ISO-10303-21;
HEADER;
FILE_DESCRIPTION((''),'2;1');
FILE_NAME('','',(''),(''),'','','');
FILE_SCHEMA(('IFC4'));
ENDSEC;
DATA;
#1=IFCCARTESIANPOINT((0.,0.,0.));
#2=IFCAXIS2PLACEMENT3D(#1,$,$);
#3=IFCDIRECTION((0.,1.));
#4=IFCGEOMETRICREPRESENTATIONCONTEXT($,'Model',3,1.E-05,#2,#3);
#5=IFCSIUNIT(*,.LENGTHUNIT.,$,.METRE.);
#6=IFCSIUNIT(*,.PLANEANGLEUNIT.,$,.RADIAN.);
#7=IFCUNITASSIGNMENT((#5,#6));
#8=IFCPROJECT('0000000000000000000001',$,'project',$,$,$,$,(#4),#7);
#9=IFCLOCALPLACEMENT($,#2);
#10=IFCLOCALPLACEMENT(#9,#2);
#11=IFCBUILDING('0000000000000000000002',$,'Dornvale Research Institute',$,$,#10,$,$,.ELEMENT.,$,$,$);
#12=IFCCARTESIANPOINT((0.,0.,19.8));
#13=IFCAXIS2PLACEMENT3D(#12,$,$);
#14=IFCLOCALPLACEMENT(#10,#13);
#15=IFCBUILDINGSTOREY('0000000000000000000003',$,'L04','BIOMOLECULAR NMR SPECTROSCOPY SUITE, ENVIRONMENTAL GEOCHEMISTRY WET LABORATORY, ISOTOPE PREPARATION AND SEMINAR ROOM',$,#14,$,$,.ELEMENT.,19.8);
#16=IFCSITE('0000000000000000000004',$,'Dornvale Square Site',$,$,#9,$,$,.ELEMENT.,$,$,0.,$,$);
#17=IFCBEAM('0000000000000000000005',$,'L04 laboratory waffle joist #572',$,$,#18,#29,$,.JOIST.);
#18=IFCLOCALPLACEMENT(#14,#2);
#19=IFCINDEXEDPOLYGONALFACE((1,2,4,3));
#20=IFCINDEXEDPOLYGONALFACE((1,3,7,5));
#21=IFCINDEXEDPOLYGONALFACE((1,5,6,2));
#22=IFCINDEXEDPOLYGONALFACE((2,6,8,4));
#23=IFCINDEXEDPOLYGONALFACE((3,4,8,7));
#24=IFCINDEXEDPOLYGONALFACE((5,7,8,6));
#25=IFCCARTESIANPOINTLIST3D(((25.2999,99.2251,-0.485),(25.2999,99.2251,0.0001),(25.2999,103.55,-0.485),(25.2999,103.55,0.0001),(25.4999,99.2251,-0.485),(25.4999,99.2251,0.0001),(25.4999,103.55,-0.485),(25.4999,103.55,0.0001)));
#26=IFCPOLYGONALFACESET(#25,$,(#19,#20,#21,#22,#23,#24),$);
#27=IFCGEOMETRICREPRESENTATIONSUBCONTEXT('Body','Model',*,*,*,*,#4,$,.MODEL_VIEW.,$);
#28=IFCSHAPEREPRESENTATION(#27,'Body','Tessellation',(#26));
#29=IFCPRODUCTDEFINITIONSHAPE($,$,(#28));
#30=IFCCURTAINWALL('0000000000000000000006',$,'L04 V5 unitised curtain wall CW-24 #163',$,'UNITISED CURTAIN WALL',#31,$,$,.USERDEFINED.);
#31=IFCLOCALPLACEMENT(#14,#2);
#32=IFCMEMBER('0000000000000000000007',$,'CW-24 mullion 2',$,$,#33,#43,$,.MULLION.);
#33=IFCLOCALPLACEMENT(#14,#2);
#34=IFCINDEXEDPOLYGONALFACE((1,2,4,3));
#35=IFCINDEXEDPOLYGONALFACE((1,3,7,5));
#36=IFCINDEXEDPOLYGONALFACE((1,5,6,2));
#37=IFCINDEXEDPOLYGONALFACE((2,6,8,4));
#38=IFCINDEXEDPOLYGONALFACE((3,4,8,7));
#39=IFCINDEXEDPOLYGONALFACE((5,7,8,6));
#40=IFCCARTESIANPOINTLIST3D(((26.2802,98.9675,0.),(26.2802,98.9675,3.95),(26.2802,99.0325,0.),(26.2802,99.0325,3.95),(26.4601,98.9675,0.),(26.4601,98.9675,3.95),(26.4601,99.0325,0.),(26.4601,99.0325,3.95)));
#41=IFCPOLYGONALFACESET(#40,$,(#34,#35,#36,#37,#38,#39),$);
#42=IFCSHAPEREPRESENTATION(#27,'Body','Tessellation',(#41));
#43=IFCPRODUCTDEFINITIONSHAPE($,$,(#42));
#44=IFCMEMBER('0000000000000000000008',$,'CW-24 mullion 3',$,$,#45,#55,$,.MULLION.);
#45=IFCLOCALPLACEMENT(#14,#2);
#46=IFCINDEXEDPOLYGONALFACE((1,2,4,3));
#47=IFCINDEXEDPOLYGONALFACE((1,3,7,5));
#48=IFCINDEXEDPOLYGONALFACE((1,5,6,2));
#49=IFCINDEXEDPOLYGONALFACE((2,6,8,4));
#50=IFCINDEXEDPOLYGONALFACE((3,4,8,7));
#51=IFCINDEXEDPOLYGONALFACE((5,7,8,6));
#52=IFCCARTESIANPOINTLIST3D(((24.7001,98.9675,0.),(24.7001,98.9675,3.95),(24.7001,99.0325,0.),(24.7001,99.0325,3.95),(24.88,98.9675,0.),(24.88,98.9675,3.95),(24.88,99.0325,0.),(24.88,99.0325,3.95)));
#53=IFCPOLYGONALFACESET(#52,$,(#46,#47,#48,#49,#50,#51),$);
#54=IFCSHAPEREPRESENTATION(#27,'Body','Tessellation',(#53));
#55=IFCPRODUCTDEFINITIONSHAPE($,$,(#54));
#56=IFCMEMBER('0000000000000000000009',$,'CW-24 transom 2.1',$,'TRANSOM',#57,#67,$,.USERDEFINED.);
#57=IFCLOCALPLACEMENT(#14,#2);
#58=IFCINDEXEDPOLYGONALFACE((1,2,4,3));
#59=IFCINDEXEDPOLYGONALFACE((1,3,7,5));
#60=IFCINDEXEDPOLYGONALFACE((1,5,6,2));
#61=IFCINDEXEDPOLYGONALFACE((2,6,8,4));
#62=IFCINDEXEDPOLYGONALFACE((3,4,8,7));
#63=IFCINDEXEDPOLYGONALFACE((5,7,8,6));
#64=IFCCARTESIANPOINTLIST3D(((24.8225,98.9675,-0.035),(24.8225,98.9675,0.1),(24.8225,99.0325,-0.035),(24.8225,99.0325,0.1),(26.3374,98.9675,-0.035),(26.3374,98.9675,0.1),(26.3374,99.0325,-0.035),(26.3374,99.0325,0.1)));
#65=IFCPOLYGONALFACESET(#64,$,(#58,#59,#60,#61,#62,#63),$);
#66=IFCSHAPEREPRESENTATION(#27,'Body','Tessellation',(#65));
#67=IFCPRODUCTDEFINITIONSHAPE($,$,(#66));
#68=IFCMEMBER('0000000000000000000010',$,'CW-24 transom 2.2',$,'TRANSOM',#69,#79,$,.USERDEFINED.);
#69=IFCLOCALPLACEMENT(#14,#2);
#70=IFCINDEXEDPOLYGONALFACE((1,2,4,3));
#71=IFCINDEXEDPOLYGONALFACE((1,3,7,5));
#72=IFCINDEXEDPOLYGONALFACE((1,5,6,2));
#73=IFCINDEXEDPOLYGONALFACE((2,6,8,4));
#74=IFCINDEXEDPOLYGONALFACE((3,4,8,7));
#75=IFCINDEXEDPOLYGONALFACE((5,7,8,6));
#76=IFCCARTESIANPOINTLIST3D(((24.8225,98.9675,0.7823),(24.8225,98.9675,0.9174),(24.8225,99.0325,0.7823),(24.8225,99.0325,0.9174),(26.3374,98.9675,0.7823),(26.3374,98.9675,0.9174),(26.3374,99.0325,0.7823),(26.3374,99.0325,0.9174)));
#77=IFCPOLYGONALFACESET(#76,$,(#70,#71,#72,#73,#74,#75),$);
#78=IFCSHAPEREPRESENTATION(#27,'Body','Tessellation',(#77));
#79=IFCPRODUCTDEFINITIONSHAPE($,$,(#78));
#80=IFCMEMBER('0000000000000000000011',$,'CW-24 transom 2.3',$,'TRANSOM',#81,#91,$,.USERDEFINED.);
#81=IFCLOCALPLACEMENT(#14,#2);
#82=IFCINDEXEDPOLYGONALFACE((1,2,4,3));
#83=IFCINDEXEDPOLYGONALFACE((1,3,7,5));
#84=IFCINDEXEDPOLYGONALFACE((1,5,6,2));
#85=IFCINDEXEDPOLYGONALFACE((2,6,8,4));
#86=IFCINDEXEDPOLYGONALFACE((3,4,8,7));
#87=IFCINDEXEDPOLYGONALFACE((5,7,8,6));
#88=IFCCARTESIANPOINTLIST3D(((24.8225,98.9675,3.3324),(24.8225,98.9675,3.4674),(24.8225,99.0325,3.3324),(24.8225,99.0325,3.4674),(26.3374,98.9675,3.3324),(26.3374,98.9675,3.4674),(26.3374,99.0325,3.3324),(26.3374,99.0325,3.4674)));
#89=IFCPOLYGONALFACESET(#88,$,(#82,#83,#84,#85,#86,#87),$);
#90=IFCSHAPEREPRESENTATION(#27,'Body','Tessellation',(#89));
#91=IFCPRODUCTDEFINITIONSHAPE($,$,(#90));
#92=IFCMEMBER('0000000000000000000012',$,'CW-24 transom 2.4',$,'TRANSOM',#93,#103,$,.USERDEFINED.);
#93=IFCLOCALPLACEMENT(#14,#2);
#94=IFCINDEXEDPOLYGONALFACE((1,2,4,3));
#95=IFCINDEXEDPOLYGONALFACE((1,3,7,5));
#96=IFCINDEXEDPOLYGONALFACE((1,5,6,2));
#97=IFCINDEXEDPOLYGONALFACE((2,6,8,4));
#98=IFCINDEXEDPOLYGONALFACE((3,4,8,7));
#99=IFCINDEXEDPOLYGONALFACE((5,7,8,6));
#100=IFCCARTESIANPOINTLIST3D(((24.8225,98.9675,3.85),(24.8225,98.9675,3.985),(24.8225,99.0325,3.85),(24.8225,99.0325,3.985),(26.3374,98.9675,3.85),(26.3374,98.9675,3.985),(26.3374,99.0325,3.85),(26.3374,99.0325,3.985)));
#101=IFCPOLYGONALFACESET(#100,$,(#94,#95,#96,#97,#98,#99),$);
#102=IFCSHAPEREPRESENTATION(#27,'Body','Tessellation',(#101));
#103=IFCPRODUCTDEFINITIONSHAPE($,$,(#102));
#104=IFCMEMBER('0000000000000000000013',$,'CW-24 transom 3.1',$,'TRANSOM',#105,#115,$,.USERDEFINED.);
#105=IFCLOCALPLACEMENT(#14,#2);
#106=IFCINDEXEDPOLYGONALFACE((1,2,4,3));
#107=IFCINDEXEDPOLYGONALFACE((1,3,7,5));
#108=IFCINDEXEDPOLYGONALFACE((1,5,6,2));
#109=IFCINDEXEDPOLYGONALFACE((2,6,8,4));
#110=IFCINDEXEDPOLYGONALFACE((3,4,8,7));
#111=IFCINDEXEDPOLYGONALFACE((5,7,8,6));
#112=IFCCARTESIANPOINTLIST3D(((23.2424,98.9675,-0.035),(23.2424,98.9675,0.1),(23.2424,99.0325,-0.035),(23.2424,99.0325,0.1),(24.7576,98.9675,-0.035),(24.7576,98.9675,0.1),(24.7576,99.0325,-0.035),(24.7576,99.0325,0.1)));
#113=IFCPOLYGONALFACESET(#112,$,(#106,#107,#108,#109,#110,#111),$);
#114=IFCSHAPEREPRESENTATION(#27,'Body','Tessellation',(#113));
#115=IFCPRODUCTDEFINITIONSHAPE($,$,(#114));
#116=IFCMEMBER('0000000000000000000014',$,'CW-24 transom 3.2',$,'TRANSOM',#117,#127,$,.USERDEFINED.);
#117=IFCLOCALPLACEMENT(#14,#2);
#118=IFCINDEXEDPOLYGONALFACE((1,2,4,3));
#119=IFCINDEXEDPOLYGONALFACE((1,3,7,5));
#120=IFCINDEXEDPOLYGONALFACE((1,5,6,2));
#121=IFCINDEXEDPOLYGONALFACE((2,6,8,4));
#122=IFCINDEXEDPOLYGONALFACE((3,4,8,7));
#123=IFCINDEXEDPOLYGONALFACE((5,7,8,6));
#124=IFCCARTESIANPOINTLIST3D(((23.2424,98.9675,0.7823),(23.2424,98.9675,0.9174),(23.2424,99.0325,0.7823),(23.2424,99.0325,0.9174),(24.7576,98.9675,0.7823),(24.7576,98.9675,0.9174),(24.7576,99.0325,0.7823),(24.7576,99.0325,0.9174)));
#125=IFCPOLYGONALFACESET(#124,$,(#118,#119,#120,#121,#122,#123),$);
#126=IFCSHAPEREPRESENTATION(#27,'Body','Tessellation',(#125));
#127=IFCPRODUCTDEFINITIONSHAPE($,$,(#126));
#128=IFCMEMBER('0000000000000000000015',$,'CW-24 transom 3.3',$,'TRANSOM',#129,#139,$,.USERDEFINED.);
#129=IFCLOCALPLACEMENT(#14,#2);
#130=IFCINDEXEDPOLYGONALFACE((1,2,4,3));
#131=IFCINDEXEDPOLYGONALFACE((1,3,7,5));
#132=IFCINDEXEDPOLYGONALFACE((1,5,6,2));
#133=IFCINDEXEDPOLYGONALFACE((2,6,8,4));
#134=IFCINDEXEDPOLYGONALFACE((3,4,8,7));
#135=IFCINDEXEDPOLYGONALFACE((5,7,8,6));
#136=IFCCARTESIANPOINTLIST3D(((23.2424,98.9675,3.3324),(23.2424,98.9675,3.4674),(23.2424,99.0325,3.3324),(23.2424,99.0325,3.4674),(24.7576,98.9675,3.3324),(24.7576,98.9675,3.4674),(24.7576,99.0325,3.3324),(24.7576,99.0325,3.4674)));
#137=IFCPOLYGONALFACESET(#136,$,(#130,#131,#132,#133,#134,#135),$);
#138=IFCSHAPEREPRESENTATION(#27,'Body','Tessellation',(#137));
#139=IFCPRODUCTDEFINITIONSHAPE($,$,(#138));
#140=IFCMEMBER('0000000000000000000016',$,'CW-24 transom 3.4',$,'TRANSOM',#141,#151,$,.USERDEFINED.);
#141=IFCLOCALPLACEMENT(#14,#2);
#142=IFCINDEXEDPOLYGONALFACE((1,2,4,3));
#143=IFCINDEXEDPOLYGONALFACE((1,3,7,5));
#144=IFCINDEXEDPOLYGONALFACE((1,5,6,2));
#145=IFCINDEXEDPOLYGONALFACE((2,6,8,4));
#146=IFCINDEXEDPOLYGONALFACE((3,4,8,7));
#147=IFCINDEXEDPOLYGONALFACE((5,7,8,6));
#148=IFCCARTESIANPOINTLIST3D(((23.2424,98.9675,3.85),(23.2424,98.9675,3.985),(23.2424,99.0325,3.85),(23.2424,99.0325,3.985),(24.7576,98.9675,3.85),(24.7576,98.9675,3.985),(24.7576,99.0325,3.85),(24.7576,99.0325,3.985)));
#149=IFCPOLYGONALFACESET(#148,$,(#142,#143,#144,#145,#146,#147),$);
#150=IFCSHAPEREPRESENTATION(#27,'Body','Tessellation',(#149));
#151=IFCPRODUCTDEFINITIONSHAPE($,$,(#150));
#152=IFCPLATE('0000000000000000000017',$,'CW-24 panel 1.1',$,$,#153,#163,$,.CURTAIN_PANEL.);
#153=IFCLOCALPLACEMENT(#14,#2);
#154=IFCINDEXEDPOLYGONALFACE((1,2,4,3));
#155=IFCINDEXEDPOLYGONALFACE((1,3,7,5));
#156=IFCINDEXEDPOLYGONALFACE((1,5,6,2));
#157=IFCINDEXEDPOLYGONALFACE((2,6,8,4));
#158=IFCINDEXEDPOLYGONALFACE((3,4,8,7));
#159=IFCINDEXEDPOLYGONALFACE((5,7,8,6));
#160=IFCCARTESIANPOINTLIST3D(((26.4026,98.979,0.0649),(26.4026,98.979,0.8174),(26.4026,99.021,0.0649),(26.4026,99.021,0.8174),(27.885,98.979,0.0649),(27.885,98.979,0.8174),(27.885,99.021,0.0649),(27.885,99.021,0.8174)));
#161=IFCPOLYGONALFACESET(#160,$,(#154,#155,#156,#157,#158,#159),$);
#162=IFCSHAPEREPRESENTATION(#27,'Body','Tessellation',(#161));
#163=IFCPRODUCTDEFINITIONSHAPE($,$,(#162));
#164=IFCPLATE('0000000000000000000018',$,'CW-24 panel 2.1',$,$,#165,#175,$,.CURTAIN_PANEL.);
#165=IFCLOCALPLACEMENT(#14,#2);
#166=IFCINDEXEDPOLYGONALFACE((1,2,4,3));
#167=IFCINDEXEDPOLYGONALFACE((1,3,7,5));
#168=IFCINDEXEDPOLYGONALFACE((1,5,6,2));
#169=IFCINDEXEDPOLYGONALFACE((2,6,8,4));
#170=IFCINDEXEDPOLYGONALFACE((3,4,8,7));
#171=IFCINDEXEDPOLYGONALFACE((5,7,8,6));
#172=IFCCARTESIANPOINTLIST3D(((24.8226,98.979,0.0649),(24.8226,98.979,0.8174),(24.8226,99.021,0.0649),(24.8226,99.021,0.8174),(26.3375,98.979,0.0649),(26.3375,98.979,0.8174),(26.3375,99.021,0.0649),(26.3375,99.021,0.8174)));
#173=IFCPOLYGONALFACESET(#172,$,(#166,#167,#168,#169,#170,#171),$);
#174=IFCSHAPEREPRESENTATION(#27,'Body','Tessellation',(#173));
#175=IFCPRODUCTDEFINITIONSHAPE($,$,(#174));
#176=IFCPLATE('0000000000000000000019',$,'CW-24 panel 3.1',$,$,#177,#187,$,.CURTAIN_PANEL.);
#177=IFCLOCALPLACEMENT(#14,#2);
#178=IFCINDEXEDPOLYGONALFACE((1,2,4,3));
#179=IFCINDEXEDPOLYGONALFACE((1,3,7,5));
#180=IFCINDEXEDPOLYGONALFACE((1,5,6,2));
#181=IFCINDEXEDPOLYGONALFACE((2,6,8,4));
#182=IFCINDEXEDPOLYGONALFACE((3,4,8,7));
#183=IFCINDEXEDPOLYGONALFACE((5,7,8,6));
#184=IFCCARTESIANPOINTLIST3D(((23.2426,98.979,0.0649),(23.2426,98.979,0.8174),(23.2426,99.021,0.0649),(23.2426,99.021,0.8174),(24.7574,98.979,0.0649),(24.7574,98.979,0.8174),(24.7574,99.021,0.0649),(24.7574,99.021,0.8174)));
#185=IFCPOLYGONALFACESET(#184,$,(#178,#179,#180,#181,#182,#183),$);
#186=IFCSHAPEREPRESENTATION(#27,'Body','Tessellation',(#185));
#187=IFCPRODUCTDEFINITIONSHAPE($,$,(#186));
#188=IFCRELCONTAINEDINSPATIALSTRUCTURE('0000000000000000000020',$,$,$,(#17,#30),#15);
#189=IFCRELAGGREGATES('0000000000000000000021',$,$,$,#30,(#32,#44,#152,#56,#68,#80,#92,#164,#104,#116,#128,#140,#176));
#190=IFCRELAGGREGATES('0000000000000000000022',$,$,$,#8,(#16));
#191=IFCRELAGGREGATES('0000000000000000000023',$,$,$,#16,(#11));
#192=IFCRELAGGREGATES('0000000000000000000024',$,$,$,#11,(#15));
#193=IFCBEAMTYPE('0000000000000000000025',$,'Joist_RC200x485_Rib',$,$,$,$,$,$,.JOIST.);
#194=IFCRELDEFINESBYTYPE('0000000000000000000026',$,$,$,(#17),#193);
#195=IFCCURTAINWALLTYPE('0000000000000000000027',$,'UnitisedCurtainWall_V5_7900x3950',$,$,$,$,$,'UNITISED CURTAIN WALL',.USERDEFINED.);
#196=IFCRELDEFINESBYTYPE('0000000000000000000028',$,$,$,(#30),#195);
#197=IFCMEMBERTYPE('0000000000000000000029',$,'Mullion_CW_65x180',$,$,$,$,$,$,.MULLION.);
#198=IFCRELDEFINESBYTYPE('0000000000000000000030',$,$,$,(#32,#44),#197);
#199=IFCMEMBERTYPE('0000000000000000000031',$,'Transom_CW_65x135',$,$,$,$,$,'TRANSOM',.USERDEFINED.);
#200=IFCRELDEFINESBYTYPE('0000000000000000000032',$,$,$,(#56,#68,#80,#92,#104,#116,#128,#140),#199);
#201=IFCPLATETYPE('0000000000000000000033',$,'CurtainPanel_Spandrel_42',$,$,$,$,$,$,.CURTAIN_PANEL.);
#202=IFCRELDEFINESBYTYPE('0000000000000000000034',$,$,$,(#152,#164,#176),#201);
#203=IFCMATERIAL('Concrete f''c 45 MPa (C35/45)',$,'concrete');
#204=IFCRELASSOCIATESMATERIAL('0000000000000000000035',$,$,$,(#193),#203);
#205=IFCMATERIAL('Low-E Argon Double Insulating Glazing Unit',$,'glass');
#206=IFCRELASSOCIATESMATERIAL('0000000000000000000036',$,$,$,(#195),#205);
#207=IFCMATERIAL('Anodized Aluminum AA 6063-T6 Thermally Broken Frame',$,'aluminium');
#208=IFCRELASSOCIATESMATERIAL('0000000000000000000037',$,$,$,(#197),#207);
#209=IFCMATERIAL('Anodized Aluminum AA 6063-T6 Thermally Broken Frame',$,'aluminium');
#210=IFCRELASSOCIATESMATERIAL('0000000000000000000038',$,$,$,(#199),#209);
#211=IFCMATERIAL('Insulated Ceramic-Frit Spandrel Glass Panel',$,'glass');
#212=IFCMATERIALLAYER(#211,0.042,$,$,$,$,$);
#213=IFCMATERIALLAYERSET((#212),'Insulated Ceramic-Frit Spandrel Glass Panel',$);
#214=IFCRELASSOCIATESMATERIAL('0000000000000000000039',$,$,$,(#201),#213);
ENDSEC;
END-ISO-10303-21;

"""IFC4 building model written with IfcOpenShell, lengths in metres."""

from ifc_helpers import new_model, si_unit, direction, frame, origin, origin_2d, place, context, subcontext, project, spatial, rectangle, extrude, material, layer, layer_set, material_profile, profile_set, type_object, element, aggregate, save


model = new_model("IFC4")

# Units and contexts
model_context = context("Model", 3, precision=1e-05, world=origin(), true_north=direction((0.0, 1.0)))
body_context = subcontext(model_context, "Body", "Model", "MODEL_VIEW")
ifc_project = project(units=[si_unit("LENGTHUNIT", "METRE"), si_unit("PLANEANGLEUNIT", "RADIAN")], contexts=[model_context])

# Site, building, storey
site_placement = place(None, origin())
site = spatial("IfcSite", under=ifc_project, at=site_placement, Name="Dornvale Square Site", CompositionType="ELEMENT", RefElevation=0.0)
building_placement = place(site_placement, origin())
building = spatial("IfcBuilding", under=site, at=building_placement, Name="Dornvale Research Institute", CompositionType="ELEMENT")
storey_placement = place(building_placement, frame((0.0, 0.0, 19.8)))
storey = spatial("IfcBuildingStorey", under=building, at=storey_placement, Name="L04", Description="BIOMOLECULAR NMR SPECTROSCOPY SUITE, ENVIRONMENTAL GEOCHEMISTRY WET LABORATORY, ISOTOPE PREPARATION AND SEMINAR ROOM", CompositionType="ELEMENT", Elevation=19.8)

# Beam
ifc_material_1 = material(Name="Concrete f'c 45 MPa (C35/45)", Category="concrete")
ifc_material_profile_1 = material_profile(ifc_material_1, rectangle(XDim=0.2, YDim=0.4851, at=origin_2d()), Name="RC 200x485")
ifc_profile_set_1 = profile_set([ifc_material_profile_1], Name="Concrete f'c 45 MPa (C35/45)")
beam_type = type_object("IfcBeamType", Name="Joist_RC200x485_Rib", PredefinedType="JOIST", material=ifc_profile_set_1)
beam_placement = place(storey_placement, frame((25.3999, 99.2251, -0.2424), z_axis=(0.0, 1.0, 0.0), x_axis=(-1.0, 0.0, 0.0)))
element("IfcBeam", 1, at=beam_placement, inside=storey, type_object=beam_type, Name="L04 laboratory waffle joist #572", PredefinedType="JOIST", context=body_context, shape_type="SweptSolid", body=[
    extrude(rectangle(XDim=0.2, YDim=0.4851, at=origin_2d()), origin(), (0.0, 0.0, 1.0), 4.325),
])

# Curtain wall, members, plates
ifc_material_2 = material(Name="Low-E Argon Double Insulating Glazing Unit", Category="glass")
curtain_wall_type = type_object("IfcCurtainWallType", Name="UnitisedCurtainWall_V5_7900x3950", ElementType="UNITISED CURTAIN WALL", PredefinedType="USERDEFINED", material=ifc_material_2)
curtain_wall_placement = place(storey_placement, origin())
curtain_wall = element("IfcCurtainWall", 2, at=curtain_wall_placement, inside=storey, type_object=curtain_wall_type, Name="L04 V5 unitised curtain wall CW-24 #163", ObjectType="UNITISED CURTAIN WALL", PredefinedType="USERDEFINED")
ifc_material_3 = material(Name="Anodized Aluminum AA 6063-T6 Thermally Broken Frame", Category="aluminium")
ifc_material_profile_2 = material_profile(ifc_material_3, rectangle(XDim=0.0649, YDim=0.1799, at=origin_2d()), Name="ALU MULLION 65x180")
ifc_profile_set_2 = profile_set([ifc_material_profile_2], Name="Anodized Aluminum AA 6063-T6 Thermally Broken Frame")
member_type_1 = type_object("IfcMemberType", Name="Mullion_CW_65x180", PredefinedType="MULLION", material=ifc_profile_set_2)
member_1_placement = place(storey_placement, frame((26.3701, 99.0, 0.0), z_axis=(0.0, 0.0, 1.0), x_axis=(0.0, -1.0, 0.0)))
member_1 = element("IfcMember", 3, at=member_1_placement, type_object=member_type_1, Name="CW-24 mullion 2", PredefinedType="MULLION", context=body_context, shape_type="SweptSolid", body=[
    extrude(rectangle(XDim=0.0649, YDim=0.1799, at=origin_2d()), origin(), (0.0, 0.0, 1.0), 3.95),
])
member_2_placement = place(storey_placement, frame((24.79, 99.0, 0.0), z_axis=(0.0, 0.0, 1.0), x_axis=(0.0, -1.0, 0.0)))
member_2 = element("IfcMember", 4, at=member_2_placement, type_object=member_type_1, Name="CW-24 mullion 3", PredefinedType="MULLION", context=body_context, shape_type="SweptSolid", body=[
    extrude(rectangle(XDim=0.0649, YDim=0.1799, at=origin_2d()), origin(), (0.0, 0.0, 1.0), 3.95),
])
ifc_material_4 = material(Name="Anodized Aluminum AA 6063-T6 Thermally Broken Frame", Category="aluminium")
ifc_material_profile_3 = material_profile(ifc_material_4, rectangle(XDim=0.0649, YDim=0.135, at=origin_2d()), Name="ALU TRANSOM 65x135")
ifc_profile_set_3 = profile_set([ifc_material_profile_3], Name="Anodized Aluminum AA 6063-T6 Thermally Broken Frame")
member_type_2 = type_object("IfcMemberType", Name="Transom_CW_65x135", ElementType="TRANSOM", PredefinedType="USERDEFINED", material=ifc_profile_set_3)
member_3_placement = place(storey_placement, frame((26.3374, 99.0, 0.0325), z_axis=(-1.0, 0.0, 0.0), x_axis=(0.0, -1.0, 0.0)))
member_3 = element("IfcMember", 5, at=member_3_placement, type_object=member_type_2, Name="CW-24 transom 2.1", ObjectType="TRANSOM", PredefinedType="USERDEFINED", context=body_context, shape_type="SweptSolid", body=[
    extrude(rectangle(XDim=0.0649, YDim=0.135, at=origin_2d()), origin(), (0.0, 0.0, 1.0), 1.5149),
])
member_4_placement = place(storey_placement, frame((26.3374, 99.0, 0.8499), z_axis=(-1.0, 0.0, 0.0), x_axis=(0.0, -1.0, 0.0)))
member_4 = element("IfcMember", 6, at=member_4_placement, type_object=member_type_2, Name="CW-24 transom 2.2", ObjectType="TRANSOM", PredefinedType="USERDEFINED", context=body_context, shape_type="SweptSolid", body=[
    extrude(rectangle(XDim=0.0649, YDim=0.135, at=origin_2d()), origin(), (0.0, 0.0, 1.0), 1.5149),
])
member_5_placement = place(storey_placement, frame((26.3374, 99.0, 3.3999), z_axis=(-1.0, 0.0, 0.0), x_axis=(0.0, -1.0, 0.0)))
member_5 = element("IfcMember", 7, at=member_5_placement, type_object=member_type_2, Name="CW-24 transom 2.3", ObjectType="TRANSOM", PredefinedType="USERDEFINED", context=body_context, shape_type="SweptSolid", body=[
    extrude(rectangle(XDim=0.0649, YDim=0.135, at=origin_2d()), origin(), (0.0, 0.0, 1.0), 1.5149),
])
member_6_placement = place(storey_placement, frame((26.3374, 99.0, 3.9175), z_axis=(-1.0, 0.0, 0.0), x_axis=(0.0, -1.0, 0.0)))
member_6 = element("IfcMember", 8, at=member_6_placement, type_object=member_type_2, Name="CW-24 transom 2.4", ObjectType="TRANSOM", PredefinedType="USERDEFINED", context=body_context, shape_type="SweptSolid", body=[
    extrude(rectangle(XDim=0.0649, YDim=0.135, at=origin_2d()), origin(), (0.0, 0.0, 1.0), 1.5149),
])
member_7_placement = place(storey_placement, frame((24.7576, 99.0, 0.0325), z_axis=(-1.0, 0.0, 0.0), x_axis=(0.0, -1.0, 0.0)))
member_7 = element("IfcMember", 9, at=member_7_placement, type_object=member_type_2, Name="CW-24 transom 3.1", ObjectType="TRANSOM", PredefinedType="USERDEFINED", context=body_context, shape_type="SweptSolid", body=[
    extrude(rectangle(XDim=0.0649, YDim=0.135, at=origin_2d()), origin(), (0.0, 0.0, 1.0), 1.5151),
])
member_8_placement = place(storey_placement, frame((24.7576, 99.0, 0.8499), z_axis=(-1.0, 0.0, 0.0), x_axis=(0.0, -1.0, 0.0)))
member_8 = element("IfcMember", 10, at=member_8_placement, type_object=member_type_2, Name="CW-24 transom 3.2", ObjectType="TRANSOM", PredefinedType="USERDEFINED", context=body_context, shape_type="SweptSolid", body=[
    extrude(rectangle(XDim=0.0649, YDim=0.135, at=origin_2d()), origin(), (0.0, 0.0, 1.0), 1.5151),
])
member_9_placement = place(storey_placement, frame((24.7576, 99.0, 3.3999), z_axis=(-1.0, 0.0, 0.0), x_axis=(0.0, -1.0, 0.0)))
member_9 = element("IfcMember", 11, at=member_9_placement, type_object=member_type_2, Name="CW-24 transom 3.3", ObjectType="TRANSOM", PredefinedType="USERDEFINED", context=body_context, shape_type="SweptSolid", body=[
    extrude(rectangle(XDim=0.0649, YDim=0.135, at=origin_2d()), origin(), (0.0, 0.0, 1.0), 1.5151),
])
member_10_placement = place(storey_placement, frame((24.7576, 99.0, 3.9175), z_axis=(-1.0, 0.0, 0.0), x_axis=(0.0, -1.0, 0.0)))
member_10 = element("IfcMember", 12, at=member_10_placement, type_object=member_type_2, Name="CW-24 transom 3.4", ObjectType="TRANSOM", PredefinedType="USERDEFINED", context=body_context, shape_type="SweptSolid", body=[
    extrude(rectangle(XDim=0.0649, YDim=0.135, at=origin_2d()), origin(), (0.0, 0.0, 1.0), 1.5151),
])
ifc_material_5 = material(Name="Insulated Ceramic-Frit Spandrel Glass Panel", Category="glass")
ifc_layer_1 = layer(ifc_material_5, 0.042)
ifc_layer_set_1 = layer_set([ifc_layer_1], Name="Insulated Ceramic-Frit Spandrel Glass Panel")
plate_type_1 = type_object("IfcPlateType", Name="CurtainPanel_Spandrel_42", PredefinedType="CURTAIN_PANEL", material=ifc_layer_set_1)
plate_1_placement = place(storey_placement, frame((27.1438, 99.0, 0.0649), z_axis=(0.0, 0.0, 1.0), x_axis=(-1.0, 0.0, 0.0)))
plate_1 = element("IfcPlate", 13, at=plate_1_placement, type_object=plate_type_1, Name="CW-24 panel 1.1", PredefinedType="CURTAIN_PANEL", context=body_context, shape_type="SweptSolid", body=[
    extrude(rectangle(XDim=1.4824, YDim=0.042, at=origin_2d()), origin(), (0.0, 0.0, 1.0), 0.7524),
])
plate_2_placement = place(storey_placement, frame((25.5801, 99.0, 0.0649), z_axis=(0.0, 0.0, 1.0), x_axis=(-1.0, 0.0, 0.0)))
plate_2 = element("IfcPlate", 14, at=plate_2_placement, type_object=plate_type_1, Name="CW-24 panel 2.1", PredefinedType="CURTAIN_PANEL", context=body_context, shape_type="SweptSolid", body=[
    extrude(rectangle(XDim=1.5149, YDim=0.042, at=origin_2d()), origin(), (0.0, 0.0, 1.0), 0.7524),
])
plate_3_placement = place(storey_placement, frame((24.0, 99.0, 0.0649), z_axis=(0.0, 0.0, 1.0), x_axis=(-1.0, 0.0, 0.0)))
plate_3 = element("IfcPlate", 15, at=plate_3_placement, type_object=plate_type_1, Name="CW-24 panel 3.1", PredefinedType="CURTAIN_PANEL", context=body_context, shape_type="SweptSolid", body=[
    extrude(rectangle(XDim=1.5149, YDim=0.042, at=origin_2d()), origin(), (0.0, 0.0, 1.0), 0.7524),
])
aggregate(curtain_wall, [member_1, member_2, plate_1, member_3, member_4, member_5, member_6, plate_2, member_7, member_8, member_9, member_10, plate_3])

save(model, "model.ifc")
